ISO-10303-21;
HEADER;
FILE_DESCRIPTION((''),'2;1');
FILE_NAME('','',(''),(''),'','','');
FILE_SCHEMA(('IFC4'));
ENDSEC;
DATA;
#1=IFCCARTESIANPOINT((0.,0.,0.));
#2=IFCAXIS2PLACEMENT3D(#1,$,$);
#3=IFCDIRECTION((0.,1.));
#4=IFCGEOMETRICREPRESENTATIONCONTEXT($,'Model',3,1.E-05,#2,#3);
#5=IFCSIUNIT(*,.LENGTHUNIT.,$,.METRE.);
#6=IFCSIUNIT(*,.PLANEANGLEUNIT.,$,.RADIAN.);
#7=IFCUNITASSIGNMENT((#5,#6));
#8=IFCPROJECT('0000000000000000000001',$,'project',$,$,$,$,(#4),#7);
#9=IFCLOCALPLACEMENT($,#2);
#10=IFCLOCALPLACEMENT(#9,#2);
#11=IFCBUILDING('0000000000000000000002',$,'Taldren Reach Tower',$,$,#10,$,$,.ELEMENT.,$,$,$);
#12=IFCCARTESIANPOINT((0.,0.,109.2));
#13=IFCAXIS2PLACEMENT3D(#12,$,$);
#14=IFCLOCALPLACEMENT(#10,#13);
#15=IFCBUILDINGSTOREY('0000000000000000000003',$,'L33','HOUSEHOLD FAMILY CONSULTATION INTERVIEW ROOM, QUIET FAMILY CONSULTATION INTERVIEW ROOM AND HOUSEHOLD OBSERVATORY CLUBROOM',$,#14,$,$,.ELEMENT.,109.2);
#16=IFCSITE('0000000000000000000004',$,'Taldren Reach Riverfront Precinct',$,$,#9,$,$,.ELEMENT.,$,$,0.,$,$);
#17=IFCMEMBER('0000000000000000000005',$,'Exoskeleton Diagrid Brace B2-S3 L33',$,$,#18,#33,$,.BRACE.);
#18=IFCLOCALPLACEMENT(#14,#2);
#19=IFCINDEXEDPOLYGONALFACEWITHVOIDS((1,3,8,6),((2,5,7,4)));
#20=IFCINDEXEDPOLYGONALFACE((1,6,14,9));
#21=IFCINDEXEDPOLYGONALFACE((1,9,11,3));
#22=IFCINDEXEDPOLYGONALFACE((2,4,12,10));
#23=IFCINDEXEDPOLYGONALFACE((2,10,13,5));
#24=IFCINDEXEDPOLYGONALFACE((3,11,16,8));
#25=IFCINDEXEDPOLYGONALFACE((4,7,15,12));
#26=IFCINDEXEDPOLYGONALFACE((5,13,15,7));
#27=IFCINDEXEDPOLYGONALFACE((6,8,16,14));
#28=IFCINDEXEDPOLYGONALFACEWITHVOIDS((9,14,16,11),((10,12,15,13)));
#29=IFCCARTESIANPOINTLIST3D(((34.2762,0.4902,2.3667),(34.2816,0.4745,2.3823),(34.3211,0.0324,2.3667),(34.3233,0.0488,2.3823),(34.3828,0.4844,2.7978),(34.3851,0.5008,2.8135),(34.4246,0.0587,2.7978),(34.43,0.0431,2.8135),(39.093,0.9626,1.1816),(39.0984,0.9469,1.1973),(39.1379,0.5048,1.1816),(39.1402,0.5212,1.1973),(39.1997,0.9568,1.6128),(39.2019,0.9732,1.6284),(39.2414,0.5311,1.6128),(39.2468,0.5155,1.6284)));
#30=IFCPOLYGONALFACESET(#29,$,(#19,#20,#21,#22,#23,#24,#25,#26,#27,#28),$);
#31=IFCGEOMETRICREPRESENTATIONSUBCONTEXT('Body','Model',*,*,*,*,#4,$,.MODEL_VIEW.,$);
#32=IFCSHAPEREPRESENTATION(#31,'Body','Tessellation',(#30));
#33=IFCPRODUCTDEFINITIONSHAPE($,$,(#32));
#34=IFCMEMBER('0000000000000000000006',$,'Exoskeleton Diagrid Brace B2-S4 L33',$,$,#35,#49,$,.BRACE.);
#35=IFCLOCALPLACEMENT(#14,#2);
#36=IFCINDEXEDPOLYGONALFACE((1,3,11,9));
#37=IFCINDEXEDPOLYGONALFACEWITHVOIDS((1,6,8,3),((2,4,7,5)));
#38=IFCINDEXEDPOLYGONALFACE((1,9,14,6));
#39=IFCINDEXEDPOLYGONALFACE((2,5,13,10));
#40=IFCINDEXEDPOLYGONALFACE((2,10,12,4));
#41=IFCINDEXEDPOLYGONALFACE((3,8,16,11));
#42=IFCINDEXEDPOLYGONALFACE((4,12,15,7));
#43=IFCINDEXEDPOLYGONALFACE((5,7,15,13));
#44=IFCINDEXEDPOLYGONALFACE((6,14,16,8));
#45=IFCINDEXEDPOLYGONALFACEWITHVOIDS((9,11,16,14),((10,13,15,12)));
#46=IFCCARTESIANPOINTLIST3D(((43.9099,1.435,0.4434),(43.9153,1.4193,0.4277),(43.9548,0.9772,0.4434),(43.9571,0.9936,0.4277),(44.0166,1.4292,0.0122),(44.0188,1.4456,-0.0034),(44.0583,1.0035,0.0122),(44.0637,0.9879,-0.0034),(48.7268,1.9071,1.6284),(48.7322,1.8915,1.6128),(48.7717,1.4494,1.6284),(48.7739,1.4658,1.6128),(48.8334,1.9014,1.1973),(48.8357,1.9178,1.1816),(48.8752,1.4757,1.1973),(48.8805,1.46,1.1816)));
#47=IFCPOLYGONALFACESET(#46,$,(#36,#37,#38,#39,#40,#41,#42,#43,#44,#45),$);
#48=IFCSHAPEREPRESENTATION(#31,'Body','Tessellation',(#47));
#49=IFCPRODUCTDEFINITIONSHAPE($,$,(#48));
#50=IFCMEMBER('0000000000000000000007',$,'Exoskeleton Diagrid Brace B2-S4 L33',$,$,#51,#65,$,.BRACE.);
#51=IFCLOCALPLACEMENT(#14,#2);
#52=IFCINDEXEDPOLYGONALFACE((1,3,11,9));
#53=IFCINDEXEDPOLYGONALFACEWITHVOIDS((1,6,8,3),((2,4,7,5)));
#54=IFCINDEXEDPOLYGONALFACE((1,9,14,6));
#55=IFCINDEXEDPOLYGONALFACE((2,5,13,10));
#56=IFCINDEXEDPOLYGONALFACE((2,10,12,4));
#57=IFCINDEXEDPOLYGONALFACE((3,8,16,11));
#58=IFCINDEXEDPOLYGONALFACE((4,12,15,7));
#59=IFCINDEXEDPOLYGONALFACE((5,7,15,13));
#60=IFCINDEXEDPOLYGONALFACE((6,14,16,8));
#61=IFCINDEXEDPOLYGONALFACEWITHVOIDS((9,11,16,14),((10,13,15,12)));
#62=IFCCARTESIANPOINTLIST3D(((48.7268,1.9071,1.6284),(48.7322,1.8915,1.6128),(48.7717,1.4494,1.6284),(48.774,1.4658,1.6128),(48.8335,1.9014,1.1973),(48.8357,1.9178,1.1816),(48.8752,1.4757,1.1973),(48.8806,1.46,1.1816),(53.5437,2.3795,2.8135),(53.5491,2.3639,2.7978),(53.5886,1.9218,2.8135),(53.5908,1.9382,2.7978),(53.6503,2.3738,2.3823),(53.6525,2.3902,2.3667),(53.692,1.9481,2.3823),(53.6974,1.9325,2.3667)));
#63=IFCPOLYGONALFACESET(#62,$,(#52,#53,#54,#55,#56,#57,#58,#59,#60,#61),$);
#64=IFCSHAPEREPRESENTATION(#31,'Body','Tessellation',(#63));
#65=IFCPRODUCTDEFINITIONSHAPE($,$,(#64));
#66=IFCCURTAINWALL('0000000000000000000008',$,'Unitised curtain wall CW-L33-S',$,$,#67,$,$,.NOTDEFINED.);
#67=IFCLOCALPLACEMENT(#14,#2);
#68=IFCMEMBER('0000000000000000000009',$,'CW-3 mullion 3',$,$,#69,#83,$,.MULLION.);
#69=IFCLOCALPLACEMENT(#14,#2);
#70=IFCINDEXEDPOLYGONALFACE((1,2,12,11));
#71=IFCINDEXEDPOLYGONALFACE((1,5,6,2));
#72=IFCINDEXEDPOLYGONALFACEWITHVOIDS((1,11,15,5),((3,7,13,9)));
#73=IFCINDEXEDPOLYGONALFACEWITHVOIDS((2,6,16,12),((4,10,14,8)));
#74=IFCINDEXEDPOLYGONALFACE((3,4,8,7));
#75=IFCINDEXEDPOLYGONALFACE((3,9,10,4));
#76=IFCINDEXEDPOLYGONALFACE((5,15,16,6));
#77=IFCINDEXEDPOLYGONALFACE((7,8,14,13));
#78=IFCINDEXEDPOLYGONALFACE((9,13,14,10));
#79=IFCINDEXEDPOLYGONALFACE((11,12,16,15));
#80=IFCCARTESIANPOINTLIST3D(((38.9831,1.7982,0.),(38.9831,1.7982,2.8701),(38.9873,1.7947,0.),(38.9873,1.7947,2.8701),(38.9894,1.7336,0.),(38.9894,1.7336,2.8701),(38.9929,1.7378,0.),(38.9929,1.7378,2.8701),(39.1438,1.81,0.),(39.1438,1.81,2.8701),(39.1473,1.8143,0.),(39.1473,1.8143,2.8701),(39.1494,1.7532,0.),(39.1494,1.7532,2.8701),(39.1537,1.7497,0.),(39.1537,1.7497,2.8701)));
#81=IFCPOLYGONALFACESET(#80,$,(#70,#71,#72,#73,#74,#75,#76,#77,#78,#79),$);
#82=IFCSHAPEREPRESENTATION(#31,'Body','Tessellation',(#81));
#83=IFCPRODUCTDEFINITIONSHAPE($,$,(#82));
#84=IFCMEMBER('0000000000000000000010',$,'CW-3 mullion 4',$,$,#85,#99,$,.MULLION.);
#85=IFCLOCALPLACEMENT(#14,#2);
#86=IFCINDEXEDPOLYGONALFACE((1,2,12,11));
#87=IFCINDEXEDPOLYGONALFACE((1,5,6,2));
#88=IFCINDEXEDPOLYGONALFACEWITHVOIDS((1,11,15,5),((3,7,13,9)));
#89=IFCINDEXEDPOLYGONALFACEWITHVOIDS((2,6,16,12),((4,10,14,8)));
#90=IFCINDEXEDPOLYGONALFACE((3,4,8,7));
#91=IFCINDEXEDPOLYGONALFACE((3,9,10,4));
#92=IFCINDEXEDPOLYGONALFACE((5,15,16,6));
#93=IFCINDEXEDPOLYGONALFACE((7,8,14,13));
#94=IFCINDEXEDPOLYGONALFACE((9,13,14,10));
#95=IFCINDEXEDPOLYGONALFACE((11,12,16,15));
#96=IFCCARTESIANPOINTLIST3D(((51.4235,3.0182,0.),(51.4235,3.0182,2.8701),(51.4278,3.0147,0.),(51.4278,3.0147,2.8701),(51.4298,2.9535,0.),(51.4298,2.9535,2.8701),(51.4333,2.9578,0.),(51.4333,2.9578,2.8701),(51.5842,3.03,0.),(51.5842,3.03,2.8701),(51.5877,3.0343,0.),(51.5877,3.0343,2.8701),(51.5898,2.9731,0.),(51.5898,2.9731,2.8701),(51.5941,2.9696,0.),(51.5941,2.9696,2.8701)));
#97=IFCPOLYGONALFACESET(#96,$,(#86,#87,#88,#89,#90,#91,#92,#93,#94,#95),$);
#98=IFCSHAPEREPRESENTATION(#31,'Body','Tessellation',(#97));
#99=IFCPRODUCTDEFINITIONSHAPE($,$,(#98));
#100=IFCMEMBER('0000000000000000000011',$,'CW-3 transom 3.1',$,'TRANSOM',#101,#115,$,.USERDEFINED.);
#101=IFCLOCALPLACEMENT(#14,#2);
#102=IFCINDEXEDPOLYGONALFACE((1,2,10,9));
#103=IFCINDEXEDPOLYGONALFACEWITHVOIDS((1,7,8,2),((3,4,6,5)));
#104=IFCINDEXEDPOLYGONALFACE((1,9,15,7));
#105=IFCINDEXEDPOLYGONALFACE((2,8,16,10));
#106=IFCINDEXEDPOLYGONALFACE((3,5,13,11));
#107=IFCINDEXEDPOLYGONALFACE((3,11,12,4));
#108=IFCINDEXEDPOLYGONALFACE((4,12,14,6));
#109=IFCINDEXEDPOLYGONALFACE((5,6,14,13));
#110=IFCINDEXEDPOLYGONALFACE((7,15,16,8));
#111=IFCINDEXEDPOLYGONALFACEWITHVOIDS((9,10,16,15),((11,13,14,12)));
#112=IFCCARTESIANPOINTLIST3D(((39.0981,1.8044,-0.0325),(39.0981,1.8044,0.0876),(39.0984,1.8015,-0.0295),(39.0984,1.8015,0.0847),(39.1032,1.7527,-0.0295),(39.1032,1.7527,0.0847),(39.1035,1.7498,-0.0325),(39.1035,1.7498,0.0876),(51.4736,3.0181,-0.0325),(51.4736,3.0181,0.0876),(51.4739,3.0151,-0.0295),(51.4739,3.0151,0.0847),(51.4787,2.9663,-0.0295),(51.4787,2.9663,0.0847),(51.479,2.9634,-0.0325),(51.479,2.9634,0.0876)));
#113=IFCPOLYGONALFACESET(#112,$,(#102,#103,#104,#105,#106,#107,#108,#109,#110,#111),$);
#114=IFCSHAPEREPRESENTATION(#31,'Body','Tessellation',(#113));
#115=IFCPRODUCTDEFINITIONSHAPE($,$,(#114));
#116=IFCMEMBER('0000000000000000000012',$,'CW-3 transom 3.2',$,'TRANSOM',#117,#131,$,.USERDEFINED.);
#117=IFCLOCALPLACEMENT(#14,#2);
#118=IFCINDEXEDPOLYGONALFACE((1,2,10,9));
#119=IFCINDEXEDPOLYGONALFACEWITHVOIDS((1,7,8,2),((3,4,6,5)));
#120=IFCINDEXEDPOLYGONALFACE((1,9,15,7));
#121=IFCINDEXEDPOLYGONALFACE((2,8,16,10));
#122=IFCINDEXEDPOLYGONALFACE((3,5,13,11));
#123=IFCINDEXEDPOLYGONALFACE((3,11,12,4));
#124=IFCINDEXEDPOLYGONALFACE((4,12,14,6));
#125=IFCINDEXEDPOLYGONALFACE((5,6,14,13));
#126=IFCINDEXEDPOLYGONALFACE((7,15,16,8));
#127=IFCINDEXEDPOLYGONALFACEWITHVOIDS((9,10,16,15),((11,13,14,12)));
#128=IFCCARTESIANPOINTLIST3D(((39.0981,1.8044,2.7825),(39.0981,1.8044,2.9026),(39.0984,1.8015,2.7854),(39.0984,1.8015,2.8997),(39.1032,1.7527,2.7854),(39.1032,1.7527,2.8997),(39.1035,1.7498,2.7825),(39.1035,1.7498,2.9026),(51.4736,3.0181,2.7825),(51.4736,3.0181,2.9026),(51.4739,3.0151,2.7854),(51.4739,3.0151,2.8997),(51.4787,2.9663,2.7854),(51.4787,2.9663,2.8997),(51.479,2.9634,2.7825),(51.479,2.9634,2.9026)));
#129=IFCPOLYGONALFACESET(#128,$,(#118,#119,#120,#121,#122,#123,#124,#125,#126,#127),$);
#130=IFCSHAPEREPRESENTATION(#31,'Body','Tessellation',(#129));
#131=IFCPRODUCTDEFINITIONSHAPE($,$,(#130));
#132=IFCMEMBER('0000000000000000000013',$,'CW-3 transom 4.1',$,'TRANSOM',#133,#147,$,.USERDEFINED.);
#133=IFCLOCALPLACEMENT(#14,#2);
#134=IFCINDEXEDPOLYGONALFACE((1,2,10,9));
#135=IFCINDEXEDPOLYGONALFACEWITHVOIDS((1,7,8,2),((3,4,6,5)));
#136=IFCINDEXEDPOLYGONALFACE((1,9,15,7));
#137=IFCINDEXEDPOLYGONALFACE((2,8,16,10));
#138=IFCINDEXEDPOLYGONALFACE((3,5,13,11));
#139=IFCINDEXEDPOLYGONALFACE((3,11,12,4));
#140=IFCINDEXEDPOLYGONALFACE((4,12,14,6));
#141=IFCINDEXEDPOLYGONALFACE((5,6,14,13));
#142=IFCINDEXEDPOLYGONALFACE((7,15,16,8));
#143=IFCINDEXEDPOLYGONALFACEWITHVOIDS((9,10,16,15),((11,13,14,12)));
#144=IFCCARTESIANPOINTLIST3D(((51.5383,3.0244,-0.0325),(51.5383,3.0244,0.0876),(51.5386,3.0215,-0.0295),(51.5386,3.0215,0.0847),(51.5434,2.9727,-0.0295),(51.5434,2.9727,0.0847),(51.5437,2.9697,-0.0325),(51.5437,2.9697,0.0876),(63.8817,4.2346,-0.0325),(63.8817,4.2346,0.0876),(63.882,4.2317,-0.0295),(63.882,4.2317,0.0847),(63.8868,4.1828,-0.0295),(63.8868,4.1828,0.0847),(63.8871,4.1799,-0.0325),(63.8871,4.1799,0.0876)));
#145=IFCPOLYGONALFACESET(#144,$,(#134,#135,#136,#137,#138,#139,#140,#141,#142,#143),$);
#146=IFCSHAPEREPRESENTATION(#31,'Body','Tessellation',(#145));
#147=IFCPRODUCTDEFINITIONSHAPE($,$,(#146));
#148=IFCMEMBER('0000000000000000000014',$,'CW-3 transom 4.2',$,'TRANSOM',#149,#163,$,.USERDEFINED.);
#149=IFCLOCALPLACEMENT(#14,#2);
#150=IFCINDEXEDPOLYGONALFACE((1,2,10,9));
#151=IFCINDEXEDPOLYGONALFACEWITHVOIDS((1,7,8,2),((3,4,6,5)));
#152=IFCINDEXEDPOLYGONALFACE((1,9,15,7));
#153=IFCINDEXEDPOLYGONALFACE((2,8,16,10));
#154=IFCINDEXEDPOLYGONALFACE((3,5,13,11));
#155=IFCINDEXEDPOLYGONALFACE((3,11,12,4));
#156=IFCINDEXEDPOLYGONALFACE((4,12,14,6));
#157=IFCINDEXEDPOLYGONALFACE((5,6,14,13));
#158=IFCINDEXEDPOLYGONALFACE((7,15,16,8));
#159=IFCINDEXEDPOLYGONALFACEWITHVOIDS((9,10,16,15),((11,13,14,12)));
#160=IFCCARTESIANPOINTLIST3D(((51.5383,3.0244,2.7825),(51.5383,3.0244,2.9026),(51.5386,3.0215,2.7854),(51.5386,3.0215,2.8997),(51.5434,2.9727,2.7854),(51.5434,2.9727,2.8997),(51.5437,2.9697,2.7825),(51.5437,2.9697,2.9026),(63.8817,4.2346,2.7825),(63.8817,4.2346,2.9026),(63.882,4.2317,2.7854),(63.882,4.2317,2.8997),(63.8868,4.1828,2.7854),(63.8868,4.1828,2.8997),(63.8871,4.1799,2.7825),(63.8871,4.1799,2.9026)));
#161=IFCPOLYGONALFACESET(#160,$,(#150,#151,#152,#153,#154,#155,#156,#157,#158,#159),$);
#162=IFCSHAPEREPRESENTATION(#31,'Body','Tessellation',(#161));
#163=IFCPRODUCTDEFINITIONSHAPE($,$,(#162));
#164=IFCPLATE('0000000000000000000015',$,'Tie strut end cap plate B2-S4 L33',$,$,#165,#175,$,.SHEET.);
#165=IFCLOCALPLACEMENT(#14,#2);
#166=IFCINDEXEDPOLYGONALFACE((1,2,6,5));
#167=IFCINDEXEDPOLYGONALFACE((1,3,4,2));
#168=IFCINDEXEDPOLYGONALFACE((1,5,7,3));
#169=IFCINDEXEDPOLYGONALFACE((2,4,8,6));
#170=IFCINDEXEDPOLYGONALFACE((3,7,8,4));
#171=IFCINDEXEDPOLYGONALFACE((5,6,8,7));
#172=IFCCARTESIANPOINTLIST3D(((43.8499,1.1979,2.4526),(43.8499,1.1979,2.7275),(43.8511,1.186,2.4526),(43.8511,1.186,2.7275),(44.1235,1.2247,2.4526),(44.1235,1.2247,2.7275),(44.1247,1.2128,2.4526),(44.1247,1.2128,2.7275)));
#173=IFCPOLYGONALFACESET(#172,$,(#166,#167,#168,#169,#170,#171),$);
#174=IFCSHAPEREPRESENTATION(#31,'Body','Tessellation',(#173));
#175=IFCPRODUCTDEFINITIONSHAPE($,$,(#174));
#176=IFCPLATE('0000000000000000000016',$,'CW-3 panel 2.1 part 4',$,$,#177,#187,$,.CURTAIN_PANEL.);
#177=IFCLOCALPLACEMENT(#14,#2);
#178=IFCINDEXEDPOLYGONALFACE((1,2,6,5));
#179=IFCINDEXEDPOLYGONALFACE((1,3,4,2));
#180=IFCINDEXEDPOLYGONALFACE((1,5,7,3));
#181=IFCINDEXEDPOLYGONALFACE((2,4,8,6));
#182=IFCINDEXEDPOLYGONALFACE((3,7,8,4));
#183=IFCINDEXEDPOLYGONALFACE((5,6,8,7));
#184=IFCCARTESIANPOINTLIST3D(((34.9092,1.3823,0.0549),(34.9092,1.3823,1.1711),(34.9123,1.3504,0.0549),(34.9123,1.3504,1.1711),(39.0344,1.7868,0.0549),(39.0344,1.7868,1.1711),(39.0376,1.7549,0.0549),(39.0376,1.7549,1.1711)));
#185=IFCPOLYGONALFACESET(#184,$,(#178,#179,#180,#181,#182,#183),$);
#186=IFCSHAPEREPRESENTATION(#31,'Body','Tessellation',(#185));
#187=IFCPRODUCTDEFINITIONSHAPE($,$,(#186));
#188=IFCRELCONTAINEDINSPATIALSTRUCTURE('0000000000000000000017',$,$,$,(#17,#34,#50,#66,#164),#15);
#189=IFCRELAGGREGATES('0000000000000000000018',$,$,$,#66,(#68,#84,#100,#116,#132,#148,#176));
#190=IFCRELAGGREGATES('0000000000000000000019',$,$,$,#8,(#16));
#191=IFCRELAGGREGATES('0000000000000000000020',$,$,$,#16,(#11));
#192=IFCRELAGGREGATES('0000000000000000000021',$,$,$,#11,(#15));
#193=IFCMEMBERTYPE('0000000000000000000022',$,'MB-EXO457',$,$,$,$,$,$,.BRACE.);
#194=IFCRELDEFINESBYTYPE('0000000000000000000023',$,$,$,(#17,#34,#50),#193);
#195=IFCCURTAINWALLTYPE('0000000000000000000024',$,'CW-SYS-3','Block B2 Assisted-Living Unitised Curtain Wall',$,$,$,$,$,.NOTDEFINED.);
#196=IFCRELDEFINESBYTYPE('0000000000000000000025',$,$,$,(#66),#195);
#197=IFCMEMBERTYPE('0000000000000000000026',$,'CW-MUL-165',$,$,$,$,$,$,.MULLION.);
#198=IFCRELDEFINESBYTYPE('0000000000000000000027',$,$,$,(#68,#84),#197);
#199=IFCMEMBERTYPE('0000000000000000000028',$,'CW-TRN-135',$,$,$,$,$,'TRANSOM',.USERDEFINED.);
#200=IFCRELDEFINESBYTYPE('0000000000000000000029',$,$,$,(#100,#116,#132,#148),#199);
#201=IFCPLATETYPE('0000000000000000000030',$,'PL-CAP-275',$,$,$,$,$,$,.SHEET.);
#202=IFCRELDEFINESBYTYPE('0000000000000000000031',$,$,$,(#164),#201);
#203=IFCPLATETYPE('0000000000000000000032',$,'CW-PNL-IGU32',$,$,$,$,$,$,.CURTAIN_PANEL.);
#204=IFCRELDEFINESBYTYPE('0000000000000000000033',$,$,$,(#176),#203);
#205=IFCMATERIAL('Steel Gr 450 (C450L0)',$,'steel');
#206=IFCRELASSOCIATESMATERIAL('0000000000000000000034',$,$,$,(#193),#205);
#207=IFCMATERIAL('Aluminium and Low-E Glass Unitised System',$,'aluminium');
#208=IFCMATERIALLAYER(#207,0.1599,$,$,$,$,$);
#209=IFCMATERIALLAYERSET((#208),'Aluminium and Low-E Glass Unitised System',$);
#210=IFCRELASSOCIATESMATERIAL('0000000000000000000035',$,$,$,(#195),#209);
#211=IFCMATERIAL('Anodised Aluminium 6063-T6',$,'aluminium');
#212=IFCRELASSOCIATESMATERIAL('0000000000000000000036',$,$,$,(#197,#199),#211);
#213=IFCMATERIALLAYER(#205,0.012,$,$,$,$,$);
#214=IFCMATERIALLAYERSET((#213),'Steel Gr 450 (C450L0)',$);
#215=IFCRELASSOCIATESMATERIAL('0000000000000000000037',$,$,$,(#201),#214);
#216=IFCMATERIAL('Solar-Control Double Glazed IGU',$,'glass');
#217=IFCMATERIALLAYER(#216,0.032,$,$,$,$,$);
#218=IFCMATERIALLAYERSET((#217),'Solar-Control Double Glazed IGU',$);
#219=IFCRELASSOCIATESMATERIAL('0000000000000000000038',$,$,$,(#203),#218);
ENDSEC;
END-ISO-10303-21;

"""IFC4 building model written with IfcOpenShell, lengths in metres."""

from ifc_helpers import new_model, si_unit, direction, frame, origin, origin_2d, place, context, subcontext, project, spatial, rectangle, hollow_rectangle, extrude, source, transform, mapped, material, layer, layer_set, material_profile, profile_set, type_object, element, aggregate, save


model = new_model("IFC4")

# Units and contexts
model_context = context("Model", 3, precision=1e-05, world=origin(), true_north=direction((0.0, 1.0)))
body_context = subcontext(model_context, "Body", "Model", "MODEL_VIEW")
ifc_project = project(units=[si_unit("LENGTHUNIT", "METRE"), si_unit("PLANEANGLEUNIT", "RADIAN")], contexts=[model_context])

# Site, building, storey
site_placement = place(None, origin())
site = spatial("IfcSite", under=ifc_project, at=site_placement, Name="Taldren Reach Riverfront Precinct", CompositionType="ELEMENT", RefElevation=0.0)
building_placement = place(site_placement, origin())
building = spatial("IfcBuilding", under=site, at=building_placement, Name="Taldren Reach Tower", CompositionType="ELEMENT")
storey_placement = place(building_placement, frame((0.0, 0.0, 109.2)))
storey = spatial("IfcBuildingStorey", under=building, at=storey_placement, Name="L33", Description="HOUSEHOLD FAMILY CONSULTATION INTERVIEW ROOM, QUIET FAMILY CONSULTATION INTERVIEW ROOM AND HOUSEHOLD OBSERVATORY CLUBROOM", CompositionType="ELEMENT", Elevation=109.2)

# Shared definitions
ifc_material_1 = material(Name="Steel Gr 450 (C450L0)", Category="steel")

# Members
ifc_material_profile_1 = material_profile(ifc_material_1, hollow_rectangle(XDim=0.46, YDim=0.46, WallThickness=0.0161, at=origin_2d()), Name="460x460x16.0SHS")
ifc_profile_set_1 = profile_set([ifc_material_profile_1], Name="Steel Gr 450 (C450L0)")
member_type_1 = type_object("IfcMemberType", Name="MB-EXO457", PredefinedType="BRACE", material=ifc_profile_set_1)
shared_shape_1 = source(origin(), body_context, "Body", "SweptSolid", [
    extrude(hollow_rectangle(XDim=0.46, YDim=0.46, WallThickness=0.0161, at=origin_2d()), origin(), (0.0, 0.0, 1.0), 4.9829),
])
for number, where, z_axis, x_axis, name in (
    (1, (39.1699, 0.739, 1.405), (-0.966671, -0.094805, 0.237822), (0.097606, -0.995225, 0.0), "Exoskeleton Diagrid Brace B2-S3 L33"),
    (2, (43.9868, 1.2114, 0.22), (0.966675, 0.094757, 0.237823), (-0.097556, 0.99523, 0.0), "Exoskeleton Diagrid Brace B2-S4 L33"),
    (3, (48.8037, 1.6836, 1.405), (0.966671, 0.094805, 0.237822), (-0.097606, 0.995225, 0.0), "Exoskeleton Diagrid Brace B2-S4 L33"),
):
    element("IfcMember", number, at=place(storey_placement, frame(where, z_axis=z_axis, x_axis=x_axis)), inside=storey, type_object=member_type_1, Name=name, PredefinedType="BRACE", context=body_context, shape_type="MappedRepresentation", body=[
        mapped(shared_shape_1, transform((0.0, 0.0, 0.0), scale=1.0)),
    ])

# Curtain wall, members
ifc_material_2 = material(Name="Aluminium and Low-E Glass Unitised System", Category="aluminium")
ifc_layer_1 = layer(ifc_material_2, 0.1599)
ifc_layer_set_1 = layer_set([ifc_layer_1], Name="Aluminium and Low-E Glass Unitised System")
curtain_wall_type = type_object("IfcCurtainWallType", Name="CW-SYS-3", Description="Block B2 Assisted-Living Unitised Curtain Wall", PredefinedType="NOTDEFINED", material=ifc_layer_set_1)
curtain_wall_placement = place(storey_placement, origin())
curtain_wall = element("IfcCurtainWall", 4, at=curtain_wall_placement, inside=storey, type_object=curtain_wall_type, Name="Unitised curtain wall CW-L33-S", PredefinedType="NOTDEFINED")
ifc_material_3 = material(Name="Anodised Aluminium 6063-T6", Category="aluminium")
ifc_material_profile_2 = material_profile(ifc_material_3, hollow_rectangle(XDim=0.0649, YDim=0.165, WallThickness=0.0039, at=origin_2d()), Name="ALU-165x65x4RHS")
ifc_profile_set_2 = profile_set([ifc_material_profile_2], Name="Anodised Aluminium 6063-T6")
member_type_2 = type_object("IfcMemberType", Name="CW-MUL-165", PredefinedType="MULLION", material=ifc_profile_set_2)
shared_shape_2 = source(origin(), body_context, "Body", "SweptSolid", [
    extrude(hollow_rectangle(XDim=0.0649, YDim=0.165, WallThickness=0.0039, at=origin_2d()), origin(), (0.0, 0.0, 1.0), 2.8701),
])
member_1_placement = place(storey_placement, frame((39.0684, 1.7739, 0.0), z_axis=(0.0, 0.0, 1.0), x_axis=(-0.097583, 0.995227, 0.0)))
member_1 = element("IfcMember", 5, at=member_1_placement, type_object=member_type_2, Name="CW-3 mullion 3", PredefinedType="MULLION", context=body_context, shape_type="MappedRepresentation", body=[
    mapped(shared_shape_2, transform((0.0, 0.0, 0.0), scale=1.0)),
])
member_2_placement = place(storey_placement, frame((51.5088, 2.9939, 0.0), z_axis=(0.0, 0.0, 1.0), x_axis=(-0.097583, 0.995227, 0.0)))
member_2 = element("IfcMember", 6, at=member_2_placement, type_object=member_type_2, Name="CW-3 mullion 4", PredefinedType="MULLION", context=body_context, shape_type="MappedRepresentation", body=[
    mapped(shared_shape_2, transform((0.0, 0.0, 0.0), scale=1.0)),
])
ifc_material_profile_3 = material_profile(ifc_material_3, hollow_rectangle(XDim=0.0549, YDim=0.1201, WallThickness=0.0029, at=origin_2d()), Name="ALU-120x55x3RHS")
ifc_profile_set_3 = profile_set([ifc_material_profile_3], Name="Anodised Aluminium 6063-T6")
member_type_3 = type_object("IfcMemberType", Name="CW-TRN-135", ElementType="TRANSOM", PredefinedType="USERDEFINED", material=ifc_profile_set_3)
shared_shape_3 = source(origin(), body_context, "Body", "SweptSolid", [
    extrude(hollow_rectangle(XDim=0.0549, YDim=0.1201, WallThickness=0.0029, at=origin_2d()), origin(), (0.0, 0.0, 1.0), 12.4348),
])
member_3_placement = place(storey_placement, frame((39.1008, 1.7771, 0.0276), z_axis=(0.995226, 0.097598, 0.0), x_axis=(-0.097598, 0.995226, 0.0)))
member_3 = element("IfcMember", 7, at=member_3_placement, type_object=member_type_3, Name="CW-3 transom 3.1", ObjectType="TRANSOM", PredefinedType="USERDEFINED", context=body_context, shape_type="MappedRepresentation", body=[
    mapped(shared_shape_3, transform((0.0, 0.0, 0.0), scale=1.0)),
])
member_4_placement = place(storey_placement, frame((39.1008, 1.7771, 2.8425), z_axis=(0.995226, 0.097598, 0.0), x_axis=(-0.097598, 0.995226, 0.0)))
member_4 = element("IfcMember", 8, at=member_4_placement, type_object=member_type_3, Name="CW-3 transom 3.2", ObjectType="TRANSOM", PredefinedType="USERDEFINED", context=body_context, shape_type="MappedRepresentation", body=[
    mapped(shared_shape_3, transform((0.0, 0.0, 0.0), scale=1.0)),
])
shared_shape_4 = source(origin(), body_context, "Body", "SweptSolid", [
    extrude(hollow_rectangle(XDim=0.0549, YDim=0.1201, WallThickness=0.0029, at=origin_2d()), origin(), (0.0, 0.0, 1.0), 12.4026),
])
member_5_placement = place(storey_placement, frame((51.541, 2.9971, 0.0276), z_axis=(0.995228, 0.097576, 0.0), x_axis=(-0.097576, 0.995228, 0.0)))
member_5 = element("IfcMember", 9, at=member_5_placement, type_object=member_type_3, Name="CW-3 transom 4.1", ObjectType="TRANSOM", PredefinedType="USERDEFINED", context=body_context, shape_type="MappedRepresentation", body=[
    mapped(shared_shape_4, transform((0.0, 0.0, 0.0), scale=1.0)),
])
member_6_placement = place(storey_placement, frame((51.541, 2.9971, 2.8425), z_axis=(0.995228, 0.097576, 0.0), x_axis=(-0.097576, 0.995228, 0.0)))
member_6 = element("IfcMember", 10, at=member_6_placement, type_object=member_type_3, Name="CW-3 transom 4.2", ObjectType="TRANSOM", PredefinedType="USERDEFINED", context=body_context, shape_type="MappedRepresentation", body=[
    mapped(shared_shape_4, transform((0.0, 0.0, 0.0), scale=1.0)),
])

# Plates
ifc_layer_2 = layer(ifc_material_1, 0.012)
ifc_layer_set_2 = layer_set([ifc_layer_2], Name="Steel Gr 450 (C450L0)")
plate_type_1 = type_object("IfcPlateType", Name="PL-CAP-275", PredefinedType="SHEET", material=ifc_layer_set_2)
shared_shape_5 = source(origin(), body_context, "Body", "SweptSolid", [
    extrude(rectangle(XDim=0.2749, YDim=0.012, at=origin_2d()), origin(), (0.0, 0.0, 1.0), 0.2749),
])
plate_1_placement = place(storey_placement, frame((43.9873, 1.2053, 2.4526), z_axis=(0.0, 0.0, 1.0), x_axis=(0.995227, 0.097583, 0.0)))
element("IfcPlate", 11, at=plate_1_placement, inside=storey, type_object=plate_type_1, Name="Tie strut end cap plate B2-S4 L33", PredefinedType="SHEET", context=body_context, shape_type="MappedRepresentation", body=[
    mapped(shared_shape_5, transform((0.0, 0.0, 0.0), scale=1.0)),
])
ifc_material_4 = material(Name="Solar-Control Double Glazed IGU", Category="glass")
ifc_layer_3 = layer(ifc_material_4, 0.032)
ifc_layer_set_3 = layer_set([ifc_layer_3], Name="Solar-Control Double Glazed IGU")
plate_type_2 = type_object("IfcPlateType", Name="CW-PNL-IGU32", PredefinedType="CURTAIN_PANEL", material=ifc_layer_set_3)
shared_shape_6 = source(origin(), body_context, "Body", "SweptSolid", [
    extrude(rectangle(XDim=4.145, YDim=0.032, at=origin_2d()), origin(), (0.0, 0.0, 1.0), 1.1162),
])
plate_2_placement = place(storey_placement, frame((36.9734, 1.5686, 0.0549), z_axis=(0.0, 0.0, 1.0), x_axis=(0.995227, 0.097583, 0.0)))
plate_2 = element("IfcPlate", 12, at=plate_2_placement, type_object=plate_type_2, Name="CW-3 panel 2.1 part 4", PredefinedType="CURTAIN_PANEL", context=body_context, shape_type="MappedRepresentation", body=[
    mapped(shared_shape_6, transform((0.0, 0.0, 0.0), scale=1.0)),
])
aggregate(curtain_wall, [member_1, member_2, member_3, member_4, member_5, member_6, plate_2])

save(model, "model.ifc")
